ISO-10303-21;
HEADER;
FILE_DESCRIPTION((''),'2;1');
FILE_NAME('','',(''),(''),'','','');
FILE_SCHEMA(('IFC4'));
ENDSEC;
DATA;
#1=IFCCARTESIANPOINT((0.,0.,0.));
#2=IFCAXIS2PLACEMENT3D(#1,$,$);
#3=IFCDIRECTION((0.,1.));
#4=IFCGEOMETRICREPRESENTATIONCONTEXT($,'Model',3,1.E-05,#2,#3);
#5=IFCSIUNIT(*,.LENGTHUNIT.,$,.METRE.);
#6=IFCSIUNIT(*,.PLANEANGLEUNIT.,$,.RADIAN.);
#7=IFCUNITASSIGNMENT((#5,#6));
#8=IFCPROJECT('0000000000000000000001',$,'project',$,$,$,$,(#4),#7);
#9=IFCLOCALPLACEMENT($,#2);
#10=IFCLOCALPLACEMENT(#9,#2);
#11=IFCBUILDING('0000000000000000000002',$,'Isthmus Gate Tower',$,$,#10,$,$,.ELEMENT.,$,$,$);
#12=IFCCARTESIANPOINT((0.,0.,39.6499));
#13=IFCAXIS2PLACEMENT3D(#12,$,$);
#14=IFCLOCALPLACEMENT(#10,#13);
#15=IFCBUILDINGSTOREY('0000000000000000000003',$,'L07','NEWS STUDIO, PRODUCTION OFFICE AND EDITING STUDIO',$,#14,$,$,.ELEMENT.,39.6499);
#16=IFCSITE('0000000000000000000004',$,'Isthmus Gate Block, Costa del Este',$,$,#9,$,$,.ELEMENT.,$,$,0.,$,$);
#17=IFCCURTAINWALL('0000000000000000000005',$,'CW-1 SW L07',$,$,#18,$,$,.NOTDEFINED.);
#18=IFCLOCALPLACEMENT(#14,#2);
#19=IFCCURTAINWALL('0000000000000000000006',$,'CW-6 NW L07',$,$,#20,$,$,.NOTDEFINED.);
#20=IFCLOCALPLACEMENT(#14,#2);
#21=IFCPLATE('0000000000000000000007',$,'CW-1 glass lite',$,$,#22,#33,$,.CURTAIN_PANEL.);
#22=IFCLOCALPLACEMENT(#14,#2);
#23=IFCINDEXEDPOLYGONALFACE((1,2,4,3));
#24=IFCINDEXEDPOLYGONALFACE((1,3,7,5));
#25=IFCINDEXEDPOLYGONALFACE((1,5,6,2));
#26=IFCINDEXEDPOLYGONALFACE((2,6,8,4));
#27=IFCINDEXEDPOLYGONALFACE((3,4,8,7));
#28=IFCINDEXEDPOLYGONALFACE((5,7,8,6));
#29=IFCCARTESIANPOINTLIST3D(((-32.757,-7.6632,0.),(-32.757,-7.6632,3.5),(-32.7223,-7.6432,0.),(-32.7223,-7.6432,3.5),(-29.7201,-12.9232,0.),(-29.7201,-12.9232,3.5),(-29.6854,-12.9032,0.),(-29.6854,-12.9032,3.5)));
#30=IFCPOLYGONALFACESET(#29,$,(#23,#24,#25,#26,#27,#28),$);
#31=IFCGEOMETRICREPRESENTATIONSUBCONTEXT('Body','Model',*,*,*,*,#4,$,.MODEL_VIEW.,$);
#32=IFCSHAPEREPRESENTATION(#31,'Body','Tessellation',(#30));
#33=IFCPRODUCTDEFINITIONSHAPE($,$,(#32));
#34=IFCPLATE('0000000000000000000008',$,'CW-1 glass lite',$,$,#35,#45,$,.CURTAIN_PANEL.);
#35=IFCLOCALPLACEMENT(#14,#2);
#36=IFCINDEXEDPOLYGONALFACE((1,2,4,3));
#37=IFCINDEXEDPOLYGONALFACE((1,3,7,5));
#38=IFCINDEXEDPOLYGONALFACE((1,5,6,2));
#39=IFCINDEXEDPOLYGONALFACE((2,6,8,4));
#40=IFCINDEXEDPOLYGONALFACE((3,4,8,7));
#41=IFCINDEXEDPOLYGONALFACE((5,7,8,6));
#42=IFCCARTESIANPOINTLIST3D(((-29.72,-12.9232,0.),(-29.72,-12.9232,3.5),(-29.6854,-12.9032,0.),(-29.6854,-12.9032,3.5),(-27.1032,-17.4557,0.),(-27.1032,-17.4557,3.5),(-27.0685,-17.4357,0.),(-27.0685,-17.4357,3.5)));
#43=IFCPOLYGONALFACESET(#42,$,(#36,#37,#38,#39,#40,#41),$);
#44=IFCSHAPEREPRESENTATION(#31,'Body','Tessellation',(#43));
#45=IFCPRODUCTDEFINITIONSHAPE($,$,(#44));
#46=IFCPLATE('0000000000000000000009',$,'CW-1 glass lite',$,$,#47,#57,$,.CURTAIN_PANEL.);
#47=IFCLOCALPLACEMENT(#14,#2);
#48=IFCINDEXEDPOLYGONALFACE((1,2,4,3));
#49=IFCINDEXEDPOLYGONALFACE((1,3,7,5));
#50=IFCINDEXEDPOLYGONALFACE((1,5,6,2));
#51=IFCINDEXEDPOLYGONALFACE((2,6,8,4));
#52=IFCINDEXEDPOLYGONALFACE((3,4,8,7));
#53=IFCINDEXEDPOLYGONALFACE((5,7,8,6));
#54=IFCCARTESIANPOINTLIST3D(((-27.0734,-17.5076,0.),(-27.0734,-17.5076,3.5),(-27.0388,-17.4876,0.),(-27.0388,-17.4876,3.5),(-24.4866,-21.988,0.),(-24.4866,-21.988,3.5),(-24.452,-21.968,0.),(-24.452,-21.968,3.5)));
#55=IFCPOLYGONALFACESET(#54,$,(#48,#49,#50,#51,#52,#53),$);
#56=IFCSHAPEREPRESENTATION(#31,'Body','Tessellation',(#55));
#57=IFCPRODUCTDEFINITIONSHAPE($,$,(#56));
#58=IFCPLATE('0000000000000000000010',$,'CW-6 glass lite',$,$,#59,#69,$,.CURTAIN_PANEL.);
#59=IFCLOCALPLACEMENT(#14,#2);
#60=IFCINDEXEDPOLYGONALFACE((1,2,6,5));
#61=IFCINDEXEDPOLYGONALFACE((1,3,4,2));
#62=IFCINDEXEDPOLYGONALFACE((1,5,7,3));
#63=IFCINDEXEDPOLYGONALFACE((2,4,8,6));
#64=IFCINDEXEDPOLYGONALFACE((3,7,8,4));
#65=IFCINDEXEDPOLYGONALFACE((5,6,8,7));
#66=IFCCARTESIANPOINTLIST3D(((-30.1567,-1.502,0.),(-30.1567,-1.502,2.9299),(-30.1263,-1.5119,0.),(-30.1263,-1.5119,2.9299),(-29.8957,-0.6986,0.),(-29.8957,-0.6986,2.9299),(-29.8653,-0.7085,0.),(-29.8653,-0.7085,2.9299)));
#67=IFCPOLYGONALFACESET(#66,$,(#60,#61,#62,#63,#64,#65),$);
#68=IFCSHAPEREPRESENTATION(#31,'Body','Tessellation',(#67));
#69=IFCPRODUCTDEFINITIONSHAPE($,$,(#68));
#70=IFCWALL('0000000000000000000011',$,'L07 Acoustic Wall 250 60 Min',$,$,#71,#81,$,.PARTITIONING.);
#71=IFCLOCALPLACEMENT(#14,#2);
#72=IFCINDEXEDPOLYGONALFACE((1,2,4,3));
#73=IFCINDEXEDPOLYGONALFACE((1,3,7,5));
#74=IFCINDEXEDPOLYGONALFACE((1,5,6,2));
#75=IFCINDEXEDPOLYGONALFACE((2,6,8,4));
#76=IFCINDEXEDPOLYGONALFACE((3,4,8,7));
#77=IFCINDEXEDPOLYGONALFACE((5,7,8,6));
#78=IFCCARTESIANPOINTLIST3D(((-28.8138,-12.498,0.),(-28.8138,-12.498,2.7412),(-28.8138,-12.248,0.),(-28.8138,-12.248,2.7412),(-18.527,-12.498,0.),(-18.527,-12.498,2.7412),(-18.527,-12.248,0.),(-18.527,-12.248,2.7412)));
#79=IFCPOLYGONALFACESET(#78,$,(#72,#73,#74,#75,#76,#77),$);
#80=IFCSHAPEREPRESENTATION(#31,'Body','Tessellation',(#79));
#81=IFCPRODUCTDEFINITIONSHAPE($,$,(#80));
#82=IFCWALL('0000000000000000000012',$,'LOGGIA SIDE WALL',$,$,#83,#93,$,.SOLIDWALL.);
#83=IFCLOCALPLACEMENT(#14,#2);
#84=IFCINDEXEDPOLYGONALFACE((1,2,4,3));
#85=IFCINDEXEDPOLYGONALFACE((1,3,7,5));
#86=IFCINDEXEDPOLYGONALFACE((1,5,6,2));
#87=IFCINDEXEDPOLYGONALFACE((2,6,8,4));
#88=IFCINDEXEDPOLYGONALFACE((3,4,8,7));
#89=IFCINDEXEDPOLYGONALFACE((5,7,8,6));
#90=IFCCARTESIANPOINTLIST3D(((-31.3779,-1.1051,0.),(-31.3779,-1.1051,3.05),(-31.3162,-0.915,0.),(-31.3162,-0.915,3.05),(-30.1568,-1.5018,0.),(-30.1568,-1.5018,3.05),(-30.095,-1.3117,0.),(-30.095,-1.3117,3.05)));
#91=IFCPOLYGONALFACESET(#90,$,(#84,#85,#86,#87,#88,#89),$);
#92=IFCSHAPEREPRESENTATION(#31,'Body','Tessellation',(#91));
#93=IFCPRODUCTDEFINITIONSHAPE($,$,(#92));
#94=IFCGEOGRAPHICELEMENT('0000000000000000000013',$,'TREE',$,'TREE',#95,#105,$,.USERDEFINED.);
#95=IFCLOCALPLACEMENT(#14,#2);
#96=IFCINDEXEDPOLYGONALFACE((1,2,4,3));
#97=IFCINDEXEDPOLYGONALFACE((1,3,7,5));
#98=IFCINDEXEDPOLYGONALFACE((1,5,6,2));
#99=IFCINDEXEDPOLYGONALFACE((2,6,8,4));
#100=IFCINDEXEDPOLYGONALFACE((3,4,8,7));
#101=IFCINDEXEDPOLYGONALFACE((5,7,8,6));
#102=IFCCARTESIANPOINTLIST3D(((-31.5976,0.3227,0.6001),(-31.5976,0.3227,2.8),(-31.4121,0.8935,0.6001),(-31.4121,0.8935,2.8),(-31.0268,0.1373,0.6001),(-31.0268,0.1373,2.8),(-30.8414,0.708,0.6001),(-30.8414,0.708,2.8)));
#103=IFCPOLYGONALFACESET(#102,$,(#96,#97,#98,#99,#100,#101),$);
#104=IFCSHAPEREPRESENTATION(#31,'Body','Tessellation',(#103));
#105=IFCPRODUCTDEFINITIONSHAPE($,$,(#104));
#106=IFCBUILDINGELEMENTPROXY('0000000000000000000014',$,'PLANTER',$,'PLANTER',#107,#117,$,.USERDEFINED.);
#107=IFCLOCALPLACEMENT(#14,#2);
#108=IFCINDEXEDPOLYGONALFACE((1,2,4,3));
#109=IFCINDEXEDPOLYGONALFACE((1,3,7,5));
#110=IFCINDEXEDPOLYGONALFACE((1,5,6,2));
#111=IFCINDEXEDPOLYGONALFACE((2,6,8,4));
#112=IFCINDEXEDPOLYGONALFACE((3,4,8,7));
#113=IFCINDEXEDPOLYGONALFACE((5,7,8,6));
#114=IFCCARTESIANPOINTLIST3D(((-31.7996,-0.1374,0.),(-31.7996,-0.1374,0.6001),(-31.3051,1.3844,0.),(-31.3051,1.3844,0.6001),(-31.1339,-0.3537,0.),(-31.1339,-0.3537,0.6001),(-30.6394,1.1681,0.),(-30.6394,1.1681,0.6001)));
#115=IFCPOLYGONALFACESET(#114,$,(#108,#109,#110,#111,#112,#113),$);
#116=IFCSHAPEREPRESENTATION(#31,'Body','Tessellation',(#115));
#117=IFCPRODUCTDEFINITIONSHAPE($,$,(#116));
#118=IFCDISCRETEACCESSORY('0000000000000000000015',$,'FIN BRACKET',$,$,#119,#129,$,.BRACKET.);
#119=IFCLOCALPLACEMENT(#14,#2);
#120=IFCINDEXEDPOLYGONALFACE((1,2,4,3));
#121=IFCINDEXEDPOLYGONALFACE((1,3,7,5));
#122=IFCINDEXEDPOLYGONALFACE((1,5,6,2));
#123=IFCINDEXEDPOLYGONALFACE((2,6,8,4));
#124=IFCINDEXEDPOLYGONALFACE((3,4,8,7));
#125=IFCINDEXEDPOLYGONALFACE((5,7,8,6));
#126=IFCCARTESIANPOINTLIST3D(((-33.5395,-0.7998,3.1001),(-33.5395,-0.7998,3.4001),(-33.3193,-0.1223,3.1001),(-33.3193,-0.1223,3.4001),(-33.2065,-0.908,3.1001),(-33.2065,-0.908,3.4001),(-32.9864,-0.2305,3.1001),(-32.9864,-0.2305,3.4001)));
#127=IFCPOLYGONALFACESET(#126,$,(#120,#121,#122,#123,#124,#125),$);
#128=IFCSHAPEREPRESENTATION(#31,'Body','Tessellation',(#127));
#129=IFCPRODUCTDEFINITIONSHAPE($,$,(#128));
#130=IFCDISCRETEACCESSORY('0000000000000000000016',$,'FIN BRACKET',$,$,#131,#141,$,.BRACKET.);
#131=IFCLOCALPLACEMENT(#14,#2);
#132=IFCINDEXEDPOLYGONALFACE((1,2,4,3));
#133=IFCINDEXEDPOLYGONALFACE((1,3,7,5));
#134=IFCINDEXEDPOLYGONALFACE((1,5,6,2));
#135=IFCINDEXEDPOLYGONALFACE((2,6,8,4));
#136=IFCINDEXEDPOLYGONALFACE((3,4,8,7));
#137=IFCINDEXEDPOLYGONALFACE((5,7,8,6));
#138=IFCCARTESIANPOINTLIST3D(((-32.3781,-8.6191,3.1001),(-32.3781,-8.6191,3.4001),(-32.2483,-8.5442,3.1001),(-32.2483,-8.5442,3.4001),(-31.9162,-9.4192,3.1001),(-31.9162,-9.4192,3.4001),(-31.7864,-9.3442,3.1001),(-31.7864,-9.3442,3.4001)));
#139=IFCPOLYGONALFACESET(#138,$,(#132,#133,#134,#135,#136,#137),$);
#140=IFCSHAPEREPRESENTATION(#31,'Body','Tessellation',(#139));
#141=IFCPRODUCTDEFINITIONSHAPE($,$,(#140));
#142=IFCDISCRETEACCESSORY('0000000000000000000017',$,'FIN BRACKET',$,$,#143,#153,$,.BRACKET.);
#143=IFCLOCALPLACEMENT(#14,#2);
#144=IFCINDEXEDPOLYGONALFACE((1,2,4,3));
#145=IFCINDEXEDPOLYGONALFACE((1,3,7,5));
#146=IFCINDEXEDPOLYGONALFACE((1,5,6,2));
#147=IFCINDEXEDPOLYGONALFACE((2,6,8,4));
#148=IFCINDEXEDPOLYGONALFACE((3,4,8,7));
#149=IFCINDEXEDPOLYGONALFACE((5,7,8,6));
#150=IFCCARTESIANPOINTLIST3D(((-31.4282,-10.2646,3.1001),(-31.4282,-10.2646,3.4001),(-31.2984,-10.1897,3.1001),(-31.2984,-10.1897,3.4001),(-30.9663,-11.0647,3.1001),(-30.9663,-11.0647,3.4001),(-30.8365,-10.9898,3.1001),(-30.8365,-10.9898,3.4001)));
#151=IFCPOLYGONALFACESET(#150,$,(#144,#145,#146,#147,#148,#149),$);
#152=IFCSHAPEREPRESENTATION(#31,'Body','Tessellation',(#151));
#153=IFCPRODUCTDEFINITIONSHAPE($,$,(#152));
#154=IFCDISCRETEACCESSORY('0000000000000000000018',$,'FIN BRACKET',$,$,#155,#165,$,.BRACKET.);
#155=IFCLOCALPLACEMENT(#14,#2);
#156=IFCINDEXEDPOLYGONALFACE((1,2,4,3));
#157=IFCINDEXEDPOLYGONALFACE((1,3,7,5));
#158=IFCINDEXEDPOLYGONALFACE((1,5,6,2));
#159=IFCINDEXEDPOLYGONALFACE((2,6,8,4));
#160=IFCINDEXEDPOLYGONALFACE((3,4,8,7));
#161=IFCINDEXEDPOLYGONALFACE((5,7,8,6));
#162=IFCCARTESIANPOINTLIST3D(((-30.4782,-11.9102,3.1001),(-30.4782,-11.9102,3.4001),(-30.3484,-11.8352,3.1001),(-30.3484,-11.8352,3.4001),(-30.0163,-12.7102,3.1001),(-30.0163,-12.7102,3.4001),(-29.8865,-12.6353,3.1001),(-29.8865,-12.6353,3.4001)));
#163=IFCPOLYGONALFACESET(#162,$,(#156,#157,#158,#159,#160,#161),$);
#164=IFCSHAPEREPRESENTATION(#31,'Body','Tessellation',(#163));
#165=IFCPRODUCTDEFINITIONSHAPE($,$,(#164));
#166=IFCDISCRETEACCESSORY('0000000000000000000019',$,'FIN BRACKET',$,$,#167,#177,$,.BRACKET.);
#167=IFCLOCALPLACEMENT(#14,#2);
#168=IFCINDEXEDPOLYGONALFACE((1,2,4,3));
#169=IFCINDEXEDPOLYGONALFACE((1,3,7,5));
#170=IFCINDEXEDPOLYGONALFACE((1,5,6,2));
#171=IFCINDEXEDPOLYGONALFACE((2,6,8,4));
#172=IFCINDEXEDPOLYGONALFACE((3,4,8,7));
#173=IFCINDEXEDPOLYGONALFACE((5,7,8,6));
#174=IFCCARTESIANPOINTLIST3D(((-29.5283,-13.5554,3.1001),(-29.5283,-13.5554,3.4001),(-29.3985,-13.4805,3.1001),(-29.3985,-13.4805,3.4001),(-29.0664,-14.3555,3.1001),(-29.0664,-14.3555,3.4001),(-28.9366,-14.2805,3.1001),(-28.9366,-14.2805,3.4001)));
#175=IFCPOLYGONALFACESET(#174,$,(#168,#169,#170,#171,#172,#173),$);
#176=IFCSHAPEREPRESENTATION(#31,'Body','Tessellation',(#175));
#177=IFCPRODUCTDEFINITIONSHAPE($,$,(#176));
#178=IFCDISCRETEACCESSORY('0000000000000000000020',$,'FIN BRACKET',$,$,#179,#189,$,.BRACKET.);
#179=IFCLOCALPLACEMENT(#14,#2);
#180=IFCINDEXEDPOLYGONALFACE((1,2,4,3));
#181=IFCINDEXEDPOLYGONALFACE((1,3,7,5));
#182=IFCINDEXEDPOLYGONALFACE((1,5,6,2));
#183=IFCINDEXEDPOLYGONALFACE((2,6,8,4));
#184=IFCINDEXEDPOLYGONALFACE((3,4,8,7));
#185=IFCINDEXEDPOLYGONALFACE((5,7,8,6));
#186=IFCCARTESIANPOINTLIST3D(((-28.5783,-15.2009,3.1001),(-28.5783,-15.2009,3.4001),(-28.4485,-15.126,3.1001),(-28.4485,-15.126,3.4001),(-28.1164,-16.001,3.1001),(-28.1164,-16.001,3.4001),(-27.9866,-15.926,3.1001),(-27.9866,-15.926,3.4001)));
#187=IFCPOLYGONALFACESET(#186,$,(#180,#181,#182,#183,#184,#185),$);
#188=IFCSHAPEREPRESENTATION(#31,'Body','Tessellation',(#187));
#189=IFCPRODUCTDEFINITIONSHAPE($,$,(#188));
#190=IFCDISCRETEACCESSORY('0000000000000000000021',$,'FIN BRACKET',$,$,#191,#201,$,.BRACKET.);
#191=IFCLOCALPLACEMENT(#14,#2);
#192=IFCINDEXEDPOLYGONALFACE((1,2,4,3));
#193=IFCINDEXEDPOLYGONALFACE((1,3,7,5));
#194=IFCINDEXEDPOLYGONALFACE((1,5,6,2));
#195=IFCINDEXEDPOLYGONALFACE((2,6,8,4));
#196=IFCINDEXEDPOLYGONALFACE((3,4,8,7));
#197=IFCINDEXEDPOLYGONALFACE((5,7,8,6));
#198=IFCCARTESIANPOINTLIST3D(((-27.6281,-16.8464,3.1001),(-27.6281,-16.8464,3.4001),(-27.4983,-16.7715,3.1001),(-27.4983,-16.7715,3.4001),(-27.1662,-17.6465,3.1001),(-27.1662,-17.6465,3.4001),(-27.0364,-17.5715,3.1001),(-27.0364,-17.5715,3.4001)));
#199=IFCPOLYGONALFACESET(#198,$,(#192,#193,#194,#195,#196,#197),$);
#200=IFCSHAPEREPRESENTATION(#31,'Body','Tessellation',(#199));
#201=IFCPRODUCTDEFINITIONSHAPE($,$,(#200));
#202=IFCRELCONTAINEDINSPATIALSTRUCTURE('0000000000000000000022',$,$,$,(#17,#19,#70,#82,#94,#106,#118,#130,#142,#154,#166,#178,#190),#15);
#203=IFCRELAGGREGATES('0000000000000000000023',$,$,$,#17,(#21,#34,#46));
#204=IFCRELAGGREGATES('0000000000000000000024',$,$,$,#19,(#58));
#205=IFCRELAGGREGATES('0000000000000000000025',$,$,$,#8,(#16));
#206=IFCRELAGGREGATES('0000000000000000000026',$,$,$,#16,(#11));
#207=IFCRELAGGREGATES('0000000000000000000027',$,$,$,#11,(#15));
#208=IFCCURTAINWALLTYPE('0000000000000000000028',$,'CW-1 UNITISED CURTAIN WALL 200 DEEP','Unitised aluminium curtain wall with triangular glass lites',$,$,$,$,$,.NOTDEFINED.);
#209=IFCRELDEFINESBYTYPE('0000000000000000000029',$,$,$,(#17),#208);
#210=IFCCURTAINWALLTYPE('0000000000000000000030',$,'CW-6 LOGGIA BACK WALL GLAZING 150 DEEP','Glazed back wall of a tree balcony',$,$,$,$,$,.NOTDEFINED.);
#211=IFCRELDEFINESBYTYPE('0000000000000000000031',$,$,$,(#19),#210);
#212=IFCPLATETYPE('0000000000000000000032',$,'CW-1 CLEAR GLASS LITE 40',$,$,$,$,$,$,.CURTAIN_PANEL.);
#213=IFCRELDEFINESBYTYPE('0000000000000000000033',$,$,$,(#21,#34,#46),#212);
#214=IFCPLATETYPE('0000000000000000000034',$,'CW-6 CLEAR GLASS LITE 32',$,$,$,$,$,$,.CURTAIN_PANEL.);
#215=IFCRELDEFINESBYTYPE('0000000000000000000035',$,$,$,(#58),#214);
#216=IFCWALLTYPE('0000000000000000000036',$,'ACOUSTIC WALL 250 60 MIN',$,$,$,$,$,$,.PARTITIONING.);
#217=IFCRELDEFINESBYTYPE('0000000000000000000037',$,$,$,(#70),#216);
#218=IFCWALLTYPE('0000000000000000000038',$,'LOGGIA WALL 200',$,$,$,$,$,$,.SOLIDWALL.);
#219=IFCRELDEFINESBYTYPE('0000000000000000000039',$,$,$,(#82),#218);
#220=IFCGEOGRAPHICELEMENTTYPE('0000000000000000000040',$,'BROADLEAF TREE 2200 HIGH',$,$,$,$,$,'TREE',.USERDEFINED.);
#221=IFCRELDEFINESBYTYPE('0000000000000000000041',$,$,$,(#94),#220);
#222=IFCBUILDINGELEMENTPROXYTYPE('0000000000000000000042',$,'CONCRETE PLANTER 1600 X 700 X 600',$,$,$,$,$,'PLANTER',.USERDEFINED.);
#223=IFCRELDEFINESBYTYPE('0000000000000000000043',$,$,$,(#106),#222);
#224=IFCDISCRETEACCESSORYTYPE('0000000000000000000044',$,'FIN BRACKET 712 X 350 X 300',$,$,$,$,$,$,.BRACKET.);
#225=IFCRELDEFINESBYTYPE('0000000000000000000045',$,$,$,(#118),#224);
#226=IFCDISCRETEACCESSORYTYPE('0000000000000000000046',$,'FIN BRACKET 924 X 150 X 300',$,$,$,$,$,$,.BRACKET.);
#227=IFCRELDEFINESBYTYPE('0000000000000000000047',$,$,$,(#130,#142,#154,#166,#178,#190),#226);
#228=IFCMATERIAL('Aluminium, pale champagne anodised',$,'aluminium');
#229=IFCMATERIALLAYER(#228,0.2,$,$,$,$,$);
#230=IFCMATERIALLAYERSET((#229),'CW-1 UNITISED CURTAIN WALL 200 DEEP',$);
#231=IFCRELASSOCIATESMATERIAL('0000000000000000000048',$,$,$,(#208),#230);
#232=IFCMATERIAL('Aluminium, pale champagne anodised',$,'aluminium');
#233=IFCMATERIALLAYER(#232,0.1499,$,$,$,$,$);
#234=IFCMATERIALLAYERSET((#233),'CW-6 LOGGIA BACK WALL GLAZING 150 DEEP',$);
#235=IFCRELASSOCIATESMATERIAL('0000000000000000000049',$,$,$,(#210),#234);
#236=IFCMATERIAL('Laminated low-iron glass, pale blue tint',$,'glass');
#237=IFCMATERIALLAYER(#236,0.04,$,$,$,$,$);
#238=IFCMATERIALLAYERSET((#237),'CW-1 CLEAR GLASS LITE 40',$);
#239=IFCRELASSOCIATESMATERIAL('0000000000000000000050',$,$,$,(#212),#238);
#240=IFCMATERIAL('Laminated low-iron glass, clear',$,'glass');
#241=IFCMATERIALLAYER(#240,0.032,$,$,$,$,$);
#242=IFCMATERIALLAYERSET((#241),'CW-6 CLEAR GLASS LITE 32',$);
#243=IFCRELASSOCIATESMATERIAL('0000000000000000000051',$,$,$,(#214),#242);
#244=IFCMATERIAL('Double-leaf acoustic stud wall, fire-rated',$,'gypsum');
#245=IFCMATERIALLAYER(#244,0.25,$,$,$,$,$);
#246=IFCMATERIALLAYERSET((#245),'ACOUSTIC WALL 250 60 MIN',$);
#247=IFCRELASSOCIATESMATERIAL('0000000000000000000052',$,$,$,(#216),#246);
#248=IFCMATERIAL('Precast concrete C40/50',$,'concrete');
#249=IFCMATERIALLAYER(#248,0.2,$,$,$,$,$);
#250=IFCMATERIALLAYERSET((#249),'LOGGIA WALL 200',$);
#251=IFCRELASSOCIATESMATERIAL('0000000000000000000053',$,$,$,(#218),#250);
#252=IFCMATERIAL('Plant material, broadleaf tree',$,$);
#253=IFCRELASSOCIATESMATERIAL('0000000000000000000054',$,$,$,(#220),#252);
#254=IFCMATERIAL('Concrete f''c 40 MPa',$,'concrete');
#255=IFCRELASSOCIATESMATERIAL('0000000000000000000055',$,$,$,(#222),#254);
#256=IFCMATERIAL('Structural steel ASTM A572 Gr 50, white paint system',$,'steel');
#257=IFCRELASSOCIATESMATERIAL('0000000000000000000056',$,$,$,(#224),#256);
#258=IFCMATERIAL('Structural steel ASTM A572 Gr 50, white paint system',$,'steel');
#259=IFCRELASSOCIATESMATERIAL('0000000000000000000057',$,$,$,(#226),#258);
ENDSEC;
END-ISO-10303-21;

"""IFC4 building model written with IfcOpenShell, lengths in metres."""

from ifc_helpers import new_model, si_unit, direction, frame, frame_2d, origin, origin_2d, place, context, subcontext, project, spatial, rectangle, extrude, material, layer, layer_set, type_object, element, aggregate, save


model = new_model("IFC4")

# Units and contexts
model_context = context("Model", 3, precision=1e-05, world=origin(), true_north=direction((0.0, 1.0)))
body_context = subcontext(model_context, "Body", "Model", "MODEL_VIEW")
ifc_project = project(units=[si_unit("LENGTHUNIT", "METRE"), si_unit("PLANEANGLEUNIT", "RADIAN")], contexts=[model_context])

# Site, building, storey
site_placement = place(None, origin())
site = spatial("IfcSite", under=ifc_project, at=site_placement, Name="Isthmus Gate Block, Costa del Este", CompositionType="ELEMENT", RefElevation=0.0)
building_placement = place(site_placement, origin())
building = spatial("IfcBuilding", under=site, at=building_placement, Name="Isthmus Gate Tower", CompositionType="ELEMENT")
storey_placement = place(building_placement, frame((0.0, 0.0, 39.6499)))
storey = spatial("IfcBuildingStorey", under=building, at=storey_placement, Name="L07", Description="NEWS STUDIO, PRODUCTION OFFICE AND EDITING STUDIO", CompositionType="ELEMENT", Elevation=39.6499)

# Shared definitions
ifc_material_1 = material(Name="Aluminium, pale champagne anodised", Category="aluminium")
ifc_layer_1 = layer(ifc_material_1, 0.2)
ifc_layer_set_1 = layer_set([ifc_layer_1], Name="CW-1 UNITISED CURTAIN WALL 200 DEEP")
curtain_wall_type_1 = type_object("IfcCurtainWallType", Name="CW-1 UNITISED CURTAIN WALL 200 DEEP", Description="Unitised aluminium curtain wall with triangular glass lites", PredefinedType="NOTDEFINED", material=ifc_layer_set_1)

# Curtain wall
curtain_wall_1_placement = place(storey_placement, origin())
curtain_wall_1 = element("IfcCurtainWall", 1, at=curtain_wall_1_placement, inside=storey, type_object=curtain_wall_type_1, Name="CW-1 SW L07", PredefinedType="NOTDEFINED")

# Curtain wall
ifc_material_2 = material(Name="Aluminium, pale champagne anodised", Category="aluminium")
ifc_layer_2 = layer(ifc_material_2, 0.1499)
ifc_layer_set_2 = layer_set([ifc_layer_2], Name="CW-6 LOGGIA BACK WALL GLAZING 150 DEEP")
curtain_wall_type_2 = type_object("IfcCurtainWallType", Name="CW-6 LOGGIA BACK WALL GLAZING 150 DEEP", Description="Glazed back wall of a tree balcony", PredefinedType="NOTDEFINED", material=ifc_layer_set_2)
curtain_wall_2_placement = place(storey_placement, origin())
curtain_wall_2 = element("IfcCurtainWall", 2, at=curtain_wall_2_placement, inside=storey, type_object=curtain_wall_type_2, Name="CW-6 NW L07", PredefinedType="NOTDEFINED")

# Plates
ifc_material_3 = material(Name="Laminated low-iron glass, pale blue tint", Category="glass")
ifc_layer_3 = layer(ifc_material_3, 0.04)
ifc_layer_set_3 = layer_set([ifc_layer_3], Name="CW-1 CLEAR GLASS LITE 40")
plate_type_1 = type_object("IfcPlateType", Name="CW-1 CLEAR GLASS LITE 40", PredefinedType="CURTAIN_PANEL", material=ifc_layer_set_3)
plate_1_placement = place(storey_placement, frame((-31.2212, -10.2832, 0.0), z_axis=(0.0, 0.0, 1.0), x_axis=(0.5, -0.866025, 0.0)))
plate_1 = element("IfcPlate", 3, at=plate_1_placement, type_object=plate_type_1, Name="CW-1 glass lite", PredefinedType="CURTAIN_PANEL", context=body_context, shape_type="SweptSolid", body=[
    extrude(rectangle(XDim=6.0737, YDim=0.04, at=origin_2d()), origin(), (0.0, 0.0, 1.0), 3.5),
])
plate_2_placement = place(storey_placement, frame((-28.3943, -15.1794, 0.0), z_axis=(0.0, 0.0, 1.0), x_axis=(0.5, -0.866025, 0.0)))
plate_2 = element("IfcPlate", 4, at=plate_2_placement, type_object=plate_type_1, Name="CW-1 glass lite", PredefinedType="CURTAIN_PANEL", context=body_context, shape_type="SweptSolid", body=[
    extrude(rectangle(XDim=5.2336, YDim=0.04, at=origin_2d()), origin(), (0.0, 0.0, 1.0), 3.5),
])
plate_3_placement = place(storey_placement, frame((-25.7627, -19.7378, 0.0), z_axis=(0.0, 0.0, 1.0), x_axis=(0.5, -0.866025, 0.0)))
plate_3 = element("IfcPlate", 5, at=plate_3_placement, type_object=plate_type_1, Name="CW-1 glass lite", PredefinedType="CURTAIN_PANEL", context=body_context, shape_type="SweptSolid", body=[
    extrude(rectangle(XDim=5.1736, YDim=0.04, at=origin_2d()), origin(), (0.0, 0.0, 1.0), 3.5),
])
aggregate(curtain_wall_1, [plate_1, plate_2, plate_3])
ifc_material_4 = material(Name="Laminated low-iron glass, clear", Category="glass")
ifc_layer_4 = layer(ifc_material_4, 0.032)
ifc_layer_set_4 = layer_set([ifc_layer_4], Name="CW-6 CLEAR GLASS LITE 32")
plate_type_2 = type_object("IfcPlateType", Name="CW-6 CLEAR GLASS LITE 32", PredefinedType="CURTAIN_PANEL", material=ifc_layer_set_4)
plate_4_placement = place(storey_placement, frame((-30.011, -1.1052, 0.0), z_axis=(0.0, 0.0, 1.0), x_axis=(-0.309017, -0.951057, 0.0)))
plate_4 = element("IfcPlate", 6, at=plate_4_placement, type_object=plate_type_2, Name="CW-6 glass lite", PredefinedType="CURTAIN_PANEL", context=body_context, shape_type="SweptSolid", body=[
    extrude(rectangle(XDim=0.8447, YDim=0.032, at=origin_2d()), origin(), (0.0, 0.0, 1.0), 2.9299),
])
aggregate(curtain_wall_2, [plate_4])

# Walls
ifc_material_5 = material(Name="Double-leaf acoustic stud wall, fire-rated", Category="gypsum")
ifc_layer_5 = layer(ifc_material_5, 0.25)
ifc_layer_set_5 = layer_set([ifc_layer_5], Name="ACOUSTIC WALL 250 60 MIN")
wall_type_1 = type_object("IfcWallType", Name="ACOUSTIC WALL 250 60 MIN", PredefinedType="PARTITIONING", material=ifc_layer_set_5)
wall_1_placement = place(storey_placement, frame((-28.814, -12.373, 0.0), z_axis=(0.0, 0.0, 1.0), x_axis=(1.0, 0.0, 0.0)))
element("IfcWall", 7, at=wall_1_placement, inside=storey, type_object=wall_type_1, Name="L07 Acoustic Wall 250 60 Min", PredefinedType="PARTITIONING", context=body_context, shape_type="SweptSolid", body=[
    extrude(rectangle(XDim=10.2869, YDim=0.25, at=frame_2d((5.1436, 0.0))), origin(), (0.0, 0.0, 1.0), 2.7412),
])
ifc_material_6 = material(Name="Precast concrete C40/50", Category="concrete")
ifc_layer_6 = layer(ifc_material_6, 0.2)
ifc_layer_set_6 = layer_set([ifc_layer_6], Name="LOGGIA WALL 200")
wall_type_2 = type_object("IfcWallType", Name="LOGGIA WALL 200", PredefinedType="SOLIDWALL", material=ifc_layer_set_6)
wall_2_placement = place(storey_placement, frame((-31.3472, -1.01, 0.0), z_axis=(0.0, 0.0, 1.0), x_axis=(0.95107, -0.308974, 0.0)))
element("IfcWall", 8, at=wall_2_placement, inside=storey, type_object=wall_type_2, Name="LOGGIA SIDE WALL", PredefinedType="SOLIDWALL", context=body_context, shape_type="SweptSolid", body=[
    extrude(rectangle(XDim=1.2839, YDim=0.2, at=frame_2d((0.6421, 0.0))), origin(), (0.0, 0.0, 1.0), 3.05),
])

# Geographic element
ifc_material_7 = material(Name="Plant material, broadleaf tree")
geographic_element_type = type_object("IfcGeographicElementType", Name="BROADLEAF TREE 2200 HIGH", ElementType="TREE", PredefinedType="USERDEFINED", material=ifc_material_7)
geographic_element_placement = place(storey_placement, frame((-31.2195, 0.5154, 0.6001), z_axis=(0.0, 0.0, 1.0), x_axis=(-0.309017, -0.951057, 0.0)))
element("IfcGeographicElement", 9, at=geographic_element_placement, inside=storey, type_object=geographic_element_type, Name="TREE", ObjectType="TREE", PredefinedType="USERDEFINED", context=body_context, shape_type="SweptSolid", body=[
    extrude(rectangle(XDim=0.6001, YDim=0.6001, at=origin_2d()), origin(), (0.0, 0.0, 1.0), 2.2),
])

# Building element proxy
ifc_material_8 = material(Name="Concrete f'c 40 MPa", Category="concrete")
building_element_proxy_type = type_object("IfcBuildingElementProxyType", Name="CONCRETE PLANTER 1600 X 700 X 600", ElementType="PLANTER", PredefinedType="USERDEFINED", material=ifc_material_8)
proxy_placement = place(storey_placement, frame((-31.2195, 0.5154, 0.0), z_axis=(0.0, 0.0, 1.0), x_axis=(-0.309017, -0.951057, 0.0)))
element("IfcBuildingElementProxy", 10, at=proxy_placement, inside=storey, type_object=building_element_proxy_type, Name="PLANTER", ObjectType="PLANTER", PredefinedType="USERDEFINED", context=body_context, shape_type="SweptSolid", body=[
    extrude(rectangle(XDim=1.6001, YDim=0.7, at=origin_2d()), origin(), (0.0, 0.0, 1.0), 0.6001),
])

# Discrete accessories
ifc_material_9 = material(Name="Structural steel ASTM A572 Gr 50, white paint system", Category="steel")
discrete_accessory_type_1 = type_object("IfcDiscreteAccessoryType", Name="FIN BRACKET 712 X 350 X 300", PredefinedType="BRACKET", material=ifc_material_9)
discrete_accessory_placement = place(storey_placement, frame((-33.2629, -0.5151, 3.1001), z_axis=(0.0, 0.0, 1.0), x_axis=(-0.951057, 0.309017, 0.0)))
element("IfcDiscreteAccessory", 11, at=discrete_accessory_placement, inside=storey, type_object=discrete_accessory_type_1, Name="FIN BRACKET", PredefinedType="BRACKET", context=body_context, shape_type="SweptSolid", body=[
    extrude(rectangle(XDim=0.3501, YDim=0.7124, at=origin_2d()), origin(), (0.0, 0.0, 1.0), 0.3),
])
ifc_material_10 = material(Name="Structural steel ASTM A572 Gr 50, white paint system", Category="steel")
discrete_accessory_type_2 = type_object("IfcDiscreteAccessoryType", Name="FIN BRACKET 924 X 150 X 300", PredefinedType="BRACKET", material=ifc_material_10)
for number, where, z_axis, x_axis, name in (
    (12, (-32.0823, -8.9817, 3.1001), (0.0, 0.0, 1.0), (-0.866025, -0.5, 0.0), "FIN BRACKET"),
    (13, (-31.1323, -10.6272, 3.1001), (0.0, 0.0, 1.0), (-0.866025, -0.5, 0.0), "FIN BRACKET"),
    (14, (-30.1824, -12.2727, 3.1001), (0.0, 0.0, 1.0), (-0.866025, -0.5, 0.0), "FIN BRACKET"),
    (15, (-29.2324, -13.918, 3.1001), (0.0, 0.0, 1.0), (-0.866025, -0.5, 0.0), "FIN BRACKET"),
    (16, (-28.2825, -15.5635, 3.1001), (0.0, 0.0, 1.0), (-0.866025, -0.5, 0.0), "FIN BRACKET"),
    (17, (-27.3323, -17.209, 3.1001), (0.0, 0.0, 1.0), (-0.866025, -0.5, 0.0), "FIN BRACKET"),
):
    element("IfcDiscreteAccessory", number, at=place(storey_placement, frame(where, z_axis=z_axis, x_axis=x_axis)), inside=storey, type_object=discrete_accessory_type_2, Name=name, PredefinedType="BRACKET", context=body_context, shape_type="SweptSolid", body=[
        extrude(rectangle(XDim=0.1499, YDim=0.9238, at=origin_2d()), origin(), (0.0, 0.0, 1.0), 0.3),
    ])

save(model, "model.ifc")
